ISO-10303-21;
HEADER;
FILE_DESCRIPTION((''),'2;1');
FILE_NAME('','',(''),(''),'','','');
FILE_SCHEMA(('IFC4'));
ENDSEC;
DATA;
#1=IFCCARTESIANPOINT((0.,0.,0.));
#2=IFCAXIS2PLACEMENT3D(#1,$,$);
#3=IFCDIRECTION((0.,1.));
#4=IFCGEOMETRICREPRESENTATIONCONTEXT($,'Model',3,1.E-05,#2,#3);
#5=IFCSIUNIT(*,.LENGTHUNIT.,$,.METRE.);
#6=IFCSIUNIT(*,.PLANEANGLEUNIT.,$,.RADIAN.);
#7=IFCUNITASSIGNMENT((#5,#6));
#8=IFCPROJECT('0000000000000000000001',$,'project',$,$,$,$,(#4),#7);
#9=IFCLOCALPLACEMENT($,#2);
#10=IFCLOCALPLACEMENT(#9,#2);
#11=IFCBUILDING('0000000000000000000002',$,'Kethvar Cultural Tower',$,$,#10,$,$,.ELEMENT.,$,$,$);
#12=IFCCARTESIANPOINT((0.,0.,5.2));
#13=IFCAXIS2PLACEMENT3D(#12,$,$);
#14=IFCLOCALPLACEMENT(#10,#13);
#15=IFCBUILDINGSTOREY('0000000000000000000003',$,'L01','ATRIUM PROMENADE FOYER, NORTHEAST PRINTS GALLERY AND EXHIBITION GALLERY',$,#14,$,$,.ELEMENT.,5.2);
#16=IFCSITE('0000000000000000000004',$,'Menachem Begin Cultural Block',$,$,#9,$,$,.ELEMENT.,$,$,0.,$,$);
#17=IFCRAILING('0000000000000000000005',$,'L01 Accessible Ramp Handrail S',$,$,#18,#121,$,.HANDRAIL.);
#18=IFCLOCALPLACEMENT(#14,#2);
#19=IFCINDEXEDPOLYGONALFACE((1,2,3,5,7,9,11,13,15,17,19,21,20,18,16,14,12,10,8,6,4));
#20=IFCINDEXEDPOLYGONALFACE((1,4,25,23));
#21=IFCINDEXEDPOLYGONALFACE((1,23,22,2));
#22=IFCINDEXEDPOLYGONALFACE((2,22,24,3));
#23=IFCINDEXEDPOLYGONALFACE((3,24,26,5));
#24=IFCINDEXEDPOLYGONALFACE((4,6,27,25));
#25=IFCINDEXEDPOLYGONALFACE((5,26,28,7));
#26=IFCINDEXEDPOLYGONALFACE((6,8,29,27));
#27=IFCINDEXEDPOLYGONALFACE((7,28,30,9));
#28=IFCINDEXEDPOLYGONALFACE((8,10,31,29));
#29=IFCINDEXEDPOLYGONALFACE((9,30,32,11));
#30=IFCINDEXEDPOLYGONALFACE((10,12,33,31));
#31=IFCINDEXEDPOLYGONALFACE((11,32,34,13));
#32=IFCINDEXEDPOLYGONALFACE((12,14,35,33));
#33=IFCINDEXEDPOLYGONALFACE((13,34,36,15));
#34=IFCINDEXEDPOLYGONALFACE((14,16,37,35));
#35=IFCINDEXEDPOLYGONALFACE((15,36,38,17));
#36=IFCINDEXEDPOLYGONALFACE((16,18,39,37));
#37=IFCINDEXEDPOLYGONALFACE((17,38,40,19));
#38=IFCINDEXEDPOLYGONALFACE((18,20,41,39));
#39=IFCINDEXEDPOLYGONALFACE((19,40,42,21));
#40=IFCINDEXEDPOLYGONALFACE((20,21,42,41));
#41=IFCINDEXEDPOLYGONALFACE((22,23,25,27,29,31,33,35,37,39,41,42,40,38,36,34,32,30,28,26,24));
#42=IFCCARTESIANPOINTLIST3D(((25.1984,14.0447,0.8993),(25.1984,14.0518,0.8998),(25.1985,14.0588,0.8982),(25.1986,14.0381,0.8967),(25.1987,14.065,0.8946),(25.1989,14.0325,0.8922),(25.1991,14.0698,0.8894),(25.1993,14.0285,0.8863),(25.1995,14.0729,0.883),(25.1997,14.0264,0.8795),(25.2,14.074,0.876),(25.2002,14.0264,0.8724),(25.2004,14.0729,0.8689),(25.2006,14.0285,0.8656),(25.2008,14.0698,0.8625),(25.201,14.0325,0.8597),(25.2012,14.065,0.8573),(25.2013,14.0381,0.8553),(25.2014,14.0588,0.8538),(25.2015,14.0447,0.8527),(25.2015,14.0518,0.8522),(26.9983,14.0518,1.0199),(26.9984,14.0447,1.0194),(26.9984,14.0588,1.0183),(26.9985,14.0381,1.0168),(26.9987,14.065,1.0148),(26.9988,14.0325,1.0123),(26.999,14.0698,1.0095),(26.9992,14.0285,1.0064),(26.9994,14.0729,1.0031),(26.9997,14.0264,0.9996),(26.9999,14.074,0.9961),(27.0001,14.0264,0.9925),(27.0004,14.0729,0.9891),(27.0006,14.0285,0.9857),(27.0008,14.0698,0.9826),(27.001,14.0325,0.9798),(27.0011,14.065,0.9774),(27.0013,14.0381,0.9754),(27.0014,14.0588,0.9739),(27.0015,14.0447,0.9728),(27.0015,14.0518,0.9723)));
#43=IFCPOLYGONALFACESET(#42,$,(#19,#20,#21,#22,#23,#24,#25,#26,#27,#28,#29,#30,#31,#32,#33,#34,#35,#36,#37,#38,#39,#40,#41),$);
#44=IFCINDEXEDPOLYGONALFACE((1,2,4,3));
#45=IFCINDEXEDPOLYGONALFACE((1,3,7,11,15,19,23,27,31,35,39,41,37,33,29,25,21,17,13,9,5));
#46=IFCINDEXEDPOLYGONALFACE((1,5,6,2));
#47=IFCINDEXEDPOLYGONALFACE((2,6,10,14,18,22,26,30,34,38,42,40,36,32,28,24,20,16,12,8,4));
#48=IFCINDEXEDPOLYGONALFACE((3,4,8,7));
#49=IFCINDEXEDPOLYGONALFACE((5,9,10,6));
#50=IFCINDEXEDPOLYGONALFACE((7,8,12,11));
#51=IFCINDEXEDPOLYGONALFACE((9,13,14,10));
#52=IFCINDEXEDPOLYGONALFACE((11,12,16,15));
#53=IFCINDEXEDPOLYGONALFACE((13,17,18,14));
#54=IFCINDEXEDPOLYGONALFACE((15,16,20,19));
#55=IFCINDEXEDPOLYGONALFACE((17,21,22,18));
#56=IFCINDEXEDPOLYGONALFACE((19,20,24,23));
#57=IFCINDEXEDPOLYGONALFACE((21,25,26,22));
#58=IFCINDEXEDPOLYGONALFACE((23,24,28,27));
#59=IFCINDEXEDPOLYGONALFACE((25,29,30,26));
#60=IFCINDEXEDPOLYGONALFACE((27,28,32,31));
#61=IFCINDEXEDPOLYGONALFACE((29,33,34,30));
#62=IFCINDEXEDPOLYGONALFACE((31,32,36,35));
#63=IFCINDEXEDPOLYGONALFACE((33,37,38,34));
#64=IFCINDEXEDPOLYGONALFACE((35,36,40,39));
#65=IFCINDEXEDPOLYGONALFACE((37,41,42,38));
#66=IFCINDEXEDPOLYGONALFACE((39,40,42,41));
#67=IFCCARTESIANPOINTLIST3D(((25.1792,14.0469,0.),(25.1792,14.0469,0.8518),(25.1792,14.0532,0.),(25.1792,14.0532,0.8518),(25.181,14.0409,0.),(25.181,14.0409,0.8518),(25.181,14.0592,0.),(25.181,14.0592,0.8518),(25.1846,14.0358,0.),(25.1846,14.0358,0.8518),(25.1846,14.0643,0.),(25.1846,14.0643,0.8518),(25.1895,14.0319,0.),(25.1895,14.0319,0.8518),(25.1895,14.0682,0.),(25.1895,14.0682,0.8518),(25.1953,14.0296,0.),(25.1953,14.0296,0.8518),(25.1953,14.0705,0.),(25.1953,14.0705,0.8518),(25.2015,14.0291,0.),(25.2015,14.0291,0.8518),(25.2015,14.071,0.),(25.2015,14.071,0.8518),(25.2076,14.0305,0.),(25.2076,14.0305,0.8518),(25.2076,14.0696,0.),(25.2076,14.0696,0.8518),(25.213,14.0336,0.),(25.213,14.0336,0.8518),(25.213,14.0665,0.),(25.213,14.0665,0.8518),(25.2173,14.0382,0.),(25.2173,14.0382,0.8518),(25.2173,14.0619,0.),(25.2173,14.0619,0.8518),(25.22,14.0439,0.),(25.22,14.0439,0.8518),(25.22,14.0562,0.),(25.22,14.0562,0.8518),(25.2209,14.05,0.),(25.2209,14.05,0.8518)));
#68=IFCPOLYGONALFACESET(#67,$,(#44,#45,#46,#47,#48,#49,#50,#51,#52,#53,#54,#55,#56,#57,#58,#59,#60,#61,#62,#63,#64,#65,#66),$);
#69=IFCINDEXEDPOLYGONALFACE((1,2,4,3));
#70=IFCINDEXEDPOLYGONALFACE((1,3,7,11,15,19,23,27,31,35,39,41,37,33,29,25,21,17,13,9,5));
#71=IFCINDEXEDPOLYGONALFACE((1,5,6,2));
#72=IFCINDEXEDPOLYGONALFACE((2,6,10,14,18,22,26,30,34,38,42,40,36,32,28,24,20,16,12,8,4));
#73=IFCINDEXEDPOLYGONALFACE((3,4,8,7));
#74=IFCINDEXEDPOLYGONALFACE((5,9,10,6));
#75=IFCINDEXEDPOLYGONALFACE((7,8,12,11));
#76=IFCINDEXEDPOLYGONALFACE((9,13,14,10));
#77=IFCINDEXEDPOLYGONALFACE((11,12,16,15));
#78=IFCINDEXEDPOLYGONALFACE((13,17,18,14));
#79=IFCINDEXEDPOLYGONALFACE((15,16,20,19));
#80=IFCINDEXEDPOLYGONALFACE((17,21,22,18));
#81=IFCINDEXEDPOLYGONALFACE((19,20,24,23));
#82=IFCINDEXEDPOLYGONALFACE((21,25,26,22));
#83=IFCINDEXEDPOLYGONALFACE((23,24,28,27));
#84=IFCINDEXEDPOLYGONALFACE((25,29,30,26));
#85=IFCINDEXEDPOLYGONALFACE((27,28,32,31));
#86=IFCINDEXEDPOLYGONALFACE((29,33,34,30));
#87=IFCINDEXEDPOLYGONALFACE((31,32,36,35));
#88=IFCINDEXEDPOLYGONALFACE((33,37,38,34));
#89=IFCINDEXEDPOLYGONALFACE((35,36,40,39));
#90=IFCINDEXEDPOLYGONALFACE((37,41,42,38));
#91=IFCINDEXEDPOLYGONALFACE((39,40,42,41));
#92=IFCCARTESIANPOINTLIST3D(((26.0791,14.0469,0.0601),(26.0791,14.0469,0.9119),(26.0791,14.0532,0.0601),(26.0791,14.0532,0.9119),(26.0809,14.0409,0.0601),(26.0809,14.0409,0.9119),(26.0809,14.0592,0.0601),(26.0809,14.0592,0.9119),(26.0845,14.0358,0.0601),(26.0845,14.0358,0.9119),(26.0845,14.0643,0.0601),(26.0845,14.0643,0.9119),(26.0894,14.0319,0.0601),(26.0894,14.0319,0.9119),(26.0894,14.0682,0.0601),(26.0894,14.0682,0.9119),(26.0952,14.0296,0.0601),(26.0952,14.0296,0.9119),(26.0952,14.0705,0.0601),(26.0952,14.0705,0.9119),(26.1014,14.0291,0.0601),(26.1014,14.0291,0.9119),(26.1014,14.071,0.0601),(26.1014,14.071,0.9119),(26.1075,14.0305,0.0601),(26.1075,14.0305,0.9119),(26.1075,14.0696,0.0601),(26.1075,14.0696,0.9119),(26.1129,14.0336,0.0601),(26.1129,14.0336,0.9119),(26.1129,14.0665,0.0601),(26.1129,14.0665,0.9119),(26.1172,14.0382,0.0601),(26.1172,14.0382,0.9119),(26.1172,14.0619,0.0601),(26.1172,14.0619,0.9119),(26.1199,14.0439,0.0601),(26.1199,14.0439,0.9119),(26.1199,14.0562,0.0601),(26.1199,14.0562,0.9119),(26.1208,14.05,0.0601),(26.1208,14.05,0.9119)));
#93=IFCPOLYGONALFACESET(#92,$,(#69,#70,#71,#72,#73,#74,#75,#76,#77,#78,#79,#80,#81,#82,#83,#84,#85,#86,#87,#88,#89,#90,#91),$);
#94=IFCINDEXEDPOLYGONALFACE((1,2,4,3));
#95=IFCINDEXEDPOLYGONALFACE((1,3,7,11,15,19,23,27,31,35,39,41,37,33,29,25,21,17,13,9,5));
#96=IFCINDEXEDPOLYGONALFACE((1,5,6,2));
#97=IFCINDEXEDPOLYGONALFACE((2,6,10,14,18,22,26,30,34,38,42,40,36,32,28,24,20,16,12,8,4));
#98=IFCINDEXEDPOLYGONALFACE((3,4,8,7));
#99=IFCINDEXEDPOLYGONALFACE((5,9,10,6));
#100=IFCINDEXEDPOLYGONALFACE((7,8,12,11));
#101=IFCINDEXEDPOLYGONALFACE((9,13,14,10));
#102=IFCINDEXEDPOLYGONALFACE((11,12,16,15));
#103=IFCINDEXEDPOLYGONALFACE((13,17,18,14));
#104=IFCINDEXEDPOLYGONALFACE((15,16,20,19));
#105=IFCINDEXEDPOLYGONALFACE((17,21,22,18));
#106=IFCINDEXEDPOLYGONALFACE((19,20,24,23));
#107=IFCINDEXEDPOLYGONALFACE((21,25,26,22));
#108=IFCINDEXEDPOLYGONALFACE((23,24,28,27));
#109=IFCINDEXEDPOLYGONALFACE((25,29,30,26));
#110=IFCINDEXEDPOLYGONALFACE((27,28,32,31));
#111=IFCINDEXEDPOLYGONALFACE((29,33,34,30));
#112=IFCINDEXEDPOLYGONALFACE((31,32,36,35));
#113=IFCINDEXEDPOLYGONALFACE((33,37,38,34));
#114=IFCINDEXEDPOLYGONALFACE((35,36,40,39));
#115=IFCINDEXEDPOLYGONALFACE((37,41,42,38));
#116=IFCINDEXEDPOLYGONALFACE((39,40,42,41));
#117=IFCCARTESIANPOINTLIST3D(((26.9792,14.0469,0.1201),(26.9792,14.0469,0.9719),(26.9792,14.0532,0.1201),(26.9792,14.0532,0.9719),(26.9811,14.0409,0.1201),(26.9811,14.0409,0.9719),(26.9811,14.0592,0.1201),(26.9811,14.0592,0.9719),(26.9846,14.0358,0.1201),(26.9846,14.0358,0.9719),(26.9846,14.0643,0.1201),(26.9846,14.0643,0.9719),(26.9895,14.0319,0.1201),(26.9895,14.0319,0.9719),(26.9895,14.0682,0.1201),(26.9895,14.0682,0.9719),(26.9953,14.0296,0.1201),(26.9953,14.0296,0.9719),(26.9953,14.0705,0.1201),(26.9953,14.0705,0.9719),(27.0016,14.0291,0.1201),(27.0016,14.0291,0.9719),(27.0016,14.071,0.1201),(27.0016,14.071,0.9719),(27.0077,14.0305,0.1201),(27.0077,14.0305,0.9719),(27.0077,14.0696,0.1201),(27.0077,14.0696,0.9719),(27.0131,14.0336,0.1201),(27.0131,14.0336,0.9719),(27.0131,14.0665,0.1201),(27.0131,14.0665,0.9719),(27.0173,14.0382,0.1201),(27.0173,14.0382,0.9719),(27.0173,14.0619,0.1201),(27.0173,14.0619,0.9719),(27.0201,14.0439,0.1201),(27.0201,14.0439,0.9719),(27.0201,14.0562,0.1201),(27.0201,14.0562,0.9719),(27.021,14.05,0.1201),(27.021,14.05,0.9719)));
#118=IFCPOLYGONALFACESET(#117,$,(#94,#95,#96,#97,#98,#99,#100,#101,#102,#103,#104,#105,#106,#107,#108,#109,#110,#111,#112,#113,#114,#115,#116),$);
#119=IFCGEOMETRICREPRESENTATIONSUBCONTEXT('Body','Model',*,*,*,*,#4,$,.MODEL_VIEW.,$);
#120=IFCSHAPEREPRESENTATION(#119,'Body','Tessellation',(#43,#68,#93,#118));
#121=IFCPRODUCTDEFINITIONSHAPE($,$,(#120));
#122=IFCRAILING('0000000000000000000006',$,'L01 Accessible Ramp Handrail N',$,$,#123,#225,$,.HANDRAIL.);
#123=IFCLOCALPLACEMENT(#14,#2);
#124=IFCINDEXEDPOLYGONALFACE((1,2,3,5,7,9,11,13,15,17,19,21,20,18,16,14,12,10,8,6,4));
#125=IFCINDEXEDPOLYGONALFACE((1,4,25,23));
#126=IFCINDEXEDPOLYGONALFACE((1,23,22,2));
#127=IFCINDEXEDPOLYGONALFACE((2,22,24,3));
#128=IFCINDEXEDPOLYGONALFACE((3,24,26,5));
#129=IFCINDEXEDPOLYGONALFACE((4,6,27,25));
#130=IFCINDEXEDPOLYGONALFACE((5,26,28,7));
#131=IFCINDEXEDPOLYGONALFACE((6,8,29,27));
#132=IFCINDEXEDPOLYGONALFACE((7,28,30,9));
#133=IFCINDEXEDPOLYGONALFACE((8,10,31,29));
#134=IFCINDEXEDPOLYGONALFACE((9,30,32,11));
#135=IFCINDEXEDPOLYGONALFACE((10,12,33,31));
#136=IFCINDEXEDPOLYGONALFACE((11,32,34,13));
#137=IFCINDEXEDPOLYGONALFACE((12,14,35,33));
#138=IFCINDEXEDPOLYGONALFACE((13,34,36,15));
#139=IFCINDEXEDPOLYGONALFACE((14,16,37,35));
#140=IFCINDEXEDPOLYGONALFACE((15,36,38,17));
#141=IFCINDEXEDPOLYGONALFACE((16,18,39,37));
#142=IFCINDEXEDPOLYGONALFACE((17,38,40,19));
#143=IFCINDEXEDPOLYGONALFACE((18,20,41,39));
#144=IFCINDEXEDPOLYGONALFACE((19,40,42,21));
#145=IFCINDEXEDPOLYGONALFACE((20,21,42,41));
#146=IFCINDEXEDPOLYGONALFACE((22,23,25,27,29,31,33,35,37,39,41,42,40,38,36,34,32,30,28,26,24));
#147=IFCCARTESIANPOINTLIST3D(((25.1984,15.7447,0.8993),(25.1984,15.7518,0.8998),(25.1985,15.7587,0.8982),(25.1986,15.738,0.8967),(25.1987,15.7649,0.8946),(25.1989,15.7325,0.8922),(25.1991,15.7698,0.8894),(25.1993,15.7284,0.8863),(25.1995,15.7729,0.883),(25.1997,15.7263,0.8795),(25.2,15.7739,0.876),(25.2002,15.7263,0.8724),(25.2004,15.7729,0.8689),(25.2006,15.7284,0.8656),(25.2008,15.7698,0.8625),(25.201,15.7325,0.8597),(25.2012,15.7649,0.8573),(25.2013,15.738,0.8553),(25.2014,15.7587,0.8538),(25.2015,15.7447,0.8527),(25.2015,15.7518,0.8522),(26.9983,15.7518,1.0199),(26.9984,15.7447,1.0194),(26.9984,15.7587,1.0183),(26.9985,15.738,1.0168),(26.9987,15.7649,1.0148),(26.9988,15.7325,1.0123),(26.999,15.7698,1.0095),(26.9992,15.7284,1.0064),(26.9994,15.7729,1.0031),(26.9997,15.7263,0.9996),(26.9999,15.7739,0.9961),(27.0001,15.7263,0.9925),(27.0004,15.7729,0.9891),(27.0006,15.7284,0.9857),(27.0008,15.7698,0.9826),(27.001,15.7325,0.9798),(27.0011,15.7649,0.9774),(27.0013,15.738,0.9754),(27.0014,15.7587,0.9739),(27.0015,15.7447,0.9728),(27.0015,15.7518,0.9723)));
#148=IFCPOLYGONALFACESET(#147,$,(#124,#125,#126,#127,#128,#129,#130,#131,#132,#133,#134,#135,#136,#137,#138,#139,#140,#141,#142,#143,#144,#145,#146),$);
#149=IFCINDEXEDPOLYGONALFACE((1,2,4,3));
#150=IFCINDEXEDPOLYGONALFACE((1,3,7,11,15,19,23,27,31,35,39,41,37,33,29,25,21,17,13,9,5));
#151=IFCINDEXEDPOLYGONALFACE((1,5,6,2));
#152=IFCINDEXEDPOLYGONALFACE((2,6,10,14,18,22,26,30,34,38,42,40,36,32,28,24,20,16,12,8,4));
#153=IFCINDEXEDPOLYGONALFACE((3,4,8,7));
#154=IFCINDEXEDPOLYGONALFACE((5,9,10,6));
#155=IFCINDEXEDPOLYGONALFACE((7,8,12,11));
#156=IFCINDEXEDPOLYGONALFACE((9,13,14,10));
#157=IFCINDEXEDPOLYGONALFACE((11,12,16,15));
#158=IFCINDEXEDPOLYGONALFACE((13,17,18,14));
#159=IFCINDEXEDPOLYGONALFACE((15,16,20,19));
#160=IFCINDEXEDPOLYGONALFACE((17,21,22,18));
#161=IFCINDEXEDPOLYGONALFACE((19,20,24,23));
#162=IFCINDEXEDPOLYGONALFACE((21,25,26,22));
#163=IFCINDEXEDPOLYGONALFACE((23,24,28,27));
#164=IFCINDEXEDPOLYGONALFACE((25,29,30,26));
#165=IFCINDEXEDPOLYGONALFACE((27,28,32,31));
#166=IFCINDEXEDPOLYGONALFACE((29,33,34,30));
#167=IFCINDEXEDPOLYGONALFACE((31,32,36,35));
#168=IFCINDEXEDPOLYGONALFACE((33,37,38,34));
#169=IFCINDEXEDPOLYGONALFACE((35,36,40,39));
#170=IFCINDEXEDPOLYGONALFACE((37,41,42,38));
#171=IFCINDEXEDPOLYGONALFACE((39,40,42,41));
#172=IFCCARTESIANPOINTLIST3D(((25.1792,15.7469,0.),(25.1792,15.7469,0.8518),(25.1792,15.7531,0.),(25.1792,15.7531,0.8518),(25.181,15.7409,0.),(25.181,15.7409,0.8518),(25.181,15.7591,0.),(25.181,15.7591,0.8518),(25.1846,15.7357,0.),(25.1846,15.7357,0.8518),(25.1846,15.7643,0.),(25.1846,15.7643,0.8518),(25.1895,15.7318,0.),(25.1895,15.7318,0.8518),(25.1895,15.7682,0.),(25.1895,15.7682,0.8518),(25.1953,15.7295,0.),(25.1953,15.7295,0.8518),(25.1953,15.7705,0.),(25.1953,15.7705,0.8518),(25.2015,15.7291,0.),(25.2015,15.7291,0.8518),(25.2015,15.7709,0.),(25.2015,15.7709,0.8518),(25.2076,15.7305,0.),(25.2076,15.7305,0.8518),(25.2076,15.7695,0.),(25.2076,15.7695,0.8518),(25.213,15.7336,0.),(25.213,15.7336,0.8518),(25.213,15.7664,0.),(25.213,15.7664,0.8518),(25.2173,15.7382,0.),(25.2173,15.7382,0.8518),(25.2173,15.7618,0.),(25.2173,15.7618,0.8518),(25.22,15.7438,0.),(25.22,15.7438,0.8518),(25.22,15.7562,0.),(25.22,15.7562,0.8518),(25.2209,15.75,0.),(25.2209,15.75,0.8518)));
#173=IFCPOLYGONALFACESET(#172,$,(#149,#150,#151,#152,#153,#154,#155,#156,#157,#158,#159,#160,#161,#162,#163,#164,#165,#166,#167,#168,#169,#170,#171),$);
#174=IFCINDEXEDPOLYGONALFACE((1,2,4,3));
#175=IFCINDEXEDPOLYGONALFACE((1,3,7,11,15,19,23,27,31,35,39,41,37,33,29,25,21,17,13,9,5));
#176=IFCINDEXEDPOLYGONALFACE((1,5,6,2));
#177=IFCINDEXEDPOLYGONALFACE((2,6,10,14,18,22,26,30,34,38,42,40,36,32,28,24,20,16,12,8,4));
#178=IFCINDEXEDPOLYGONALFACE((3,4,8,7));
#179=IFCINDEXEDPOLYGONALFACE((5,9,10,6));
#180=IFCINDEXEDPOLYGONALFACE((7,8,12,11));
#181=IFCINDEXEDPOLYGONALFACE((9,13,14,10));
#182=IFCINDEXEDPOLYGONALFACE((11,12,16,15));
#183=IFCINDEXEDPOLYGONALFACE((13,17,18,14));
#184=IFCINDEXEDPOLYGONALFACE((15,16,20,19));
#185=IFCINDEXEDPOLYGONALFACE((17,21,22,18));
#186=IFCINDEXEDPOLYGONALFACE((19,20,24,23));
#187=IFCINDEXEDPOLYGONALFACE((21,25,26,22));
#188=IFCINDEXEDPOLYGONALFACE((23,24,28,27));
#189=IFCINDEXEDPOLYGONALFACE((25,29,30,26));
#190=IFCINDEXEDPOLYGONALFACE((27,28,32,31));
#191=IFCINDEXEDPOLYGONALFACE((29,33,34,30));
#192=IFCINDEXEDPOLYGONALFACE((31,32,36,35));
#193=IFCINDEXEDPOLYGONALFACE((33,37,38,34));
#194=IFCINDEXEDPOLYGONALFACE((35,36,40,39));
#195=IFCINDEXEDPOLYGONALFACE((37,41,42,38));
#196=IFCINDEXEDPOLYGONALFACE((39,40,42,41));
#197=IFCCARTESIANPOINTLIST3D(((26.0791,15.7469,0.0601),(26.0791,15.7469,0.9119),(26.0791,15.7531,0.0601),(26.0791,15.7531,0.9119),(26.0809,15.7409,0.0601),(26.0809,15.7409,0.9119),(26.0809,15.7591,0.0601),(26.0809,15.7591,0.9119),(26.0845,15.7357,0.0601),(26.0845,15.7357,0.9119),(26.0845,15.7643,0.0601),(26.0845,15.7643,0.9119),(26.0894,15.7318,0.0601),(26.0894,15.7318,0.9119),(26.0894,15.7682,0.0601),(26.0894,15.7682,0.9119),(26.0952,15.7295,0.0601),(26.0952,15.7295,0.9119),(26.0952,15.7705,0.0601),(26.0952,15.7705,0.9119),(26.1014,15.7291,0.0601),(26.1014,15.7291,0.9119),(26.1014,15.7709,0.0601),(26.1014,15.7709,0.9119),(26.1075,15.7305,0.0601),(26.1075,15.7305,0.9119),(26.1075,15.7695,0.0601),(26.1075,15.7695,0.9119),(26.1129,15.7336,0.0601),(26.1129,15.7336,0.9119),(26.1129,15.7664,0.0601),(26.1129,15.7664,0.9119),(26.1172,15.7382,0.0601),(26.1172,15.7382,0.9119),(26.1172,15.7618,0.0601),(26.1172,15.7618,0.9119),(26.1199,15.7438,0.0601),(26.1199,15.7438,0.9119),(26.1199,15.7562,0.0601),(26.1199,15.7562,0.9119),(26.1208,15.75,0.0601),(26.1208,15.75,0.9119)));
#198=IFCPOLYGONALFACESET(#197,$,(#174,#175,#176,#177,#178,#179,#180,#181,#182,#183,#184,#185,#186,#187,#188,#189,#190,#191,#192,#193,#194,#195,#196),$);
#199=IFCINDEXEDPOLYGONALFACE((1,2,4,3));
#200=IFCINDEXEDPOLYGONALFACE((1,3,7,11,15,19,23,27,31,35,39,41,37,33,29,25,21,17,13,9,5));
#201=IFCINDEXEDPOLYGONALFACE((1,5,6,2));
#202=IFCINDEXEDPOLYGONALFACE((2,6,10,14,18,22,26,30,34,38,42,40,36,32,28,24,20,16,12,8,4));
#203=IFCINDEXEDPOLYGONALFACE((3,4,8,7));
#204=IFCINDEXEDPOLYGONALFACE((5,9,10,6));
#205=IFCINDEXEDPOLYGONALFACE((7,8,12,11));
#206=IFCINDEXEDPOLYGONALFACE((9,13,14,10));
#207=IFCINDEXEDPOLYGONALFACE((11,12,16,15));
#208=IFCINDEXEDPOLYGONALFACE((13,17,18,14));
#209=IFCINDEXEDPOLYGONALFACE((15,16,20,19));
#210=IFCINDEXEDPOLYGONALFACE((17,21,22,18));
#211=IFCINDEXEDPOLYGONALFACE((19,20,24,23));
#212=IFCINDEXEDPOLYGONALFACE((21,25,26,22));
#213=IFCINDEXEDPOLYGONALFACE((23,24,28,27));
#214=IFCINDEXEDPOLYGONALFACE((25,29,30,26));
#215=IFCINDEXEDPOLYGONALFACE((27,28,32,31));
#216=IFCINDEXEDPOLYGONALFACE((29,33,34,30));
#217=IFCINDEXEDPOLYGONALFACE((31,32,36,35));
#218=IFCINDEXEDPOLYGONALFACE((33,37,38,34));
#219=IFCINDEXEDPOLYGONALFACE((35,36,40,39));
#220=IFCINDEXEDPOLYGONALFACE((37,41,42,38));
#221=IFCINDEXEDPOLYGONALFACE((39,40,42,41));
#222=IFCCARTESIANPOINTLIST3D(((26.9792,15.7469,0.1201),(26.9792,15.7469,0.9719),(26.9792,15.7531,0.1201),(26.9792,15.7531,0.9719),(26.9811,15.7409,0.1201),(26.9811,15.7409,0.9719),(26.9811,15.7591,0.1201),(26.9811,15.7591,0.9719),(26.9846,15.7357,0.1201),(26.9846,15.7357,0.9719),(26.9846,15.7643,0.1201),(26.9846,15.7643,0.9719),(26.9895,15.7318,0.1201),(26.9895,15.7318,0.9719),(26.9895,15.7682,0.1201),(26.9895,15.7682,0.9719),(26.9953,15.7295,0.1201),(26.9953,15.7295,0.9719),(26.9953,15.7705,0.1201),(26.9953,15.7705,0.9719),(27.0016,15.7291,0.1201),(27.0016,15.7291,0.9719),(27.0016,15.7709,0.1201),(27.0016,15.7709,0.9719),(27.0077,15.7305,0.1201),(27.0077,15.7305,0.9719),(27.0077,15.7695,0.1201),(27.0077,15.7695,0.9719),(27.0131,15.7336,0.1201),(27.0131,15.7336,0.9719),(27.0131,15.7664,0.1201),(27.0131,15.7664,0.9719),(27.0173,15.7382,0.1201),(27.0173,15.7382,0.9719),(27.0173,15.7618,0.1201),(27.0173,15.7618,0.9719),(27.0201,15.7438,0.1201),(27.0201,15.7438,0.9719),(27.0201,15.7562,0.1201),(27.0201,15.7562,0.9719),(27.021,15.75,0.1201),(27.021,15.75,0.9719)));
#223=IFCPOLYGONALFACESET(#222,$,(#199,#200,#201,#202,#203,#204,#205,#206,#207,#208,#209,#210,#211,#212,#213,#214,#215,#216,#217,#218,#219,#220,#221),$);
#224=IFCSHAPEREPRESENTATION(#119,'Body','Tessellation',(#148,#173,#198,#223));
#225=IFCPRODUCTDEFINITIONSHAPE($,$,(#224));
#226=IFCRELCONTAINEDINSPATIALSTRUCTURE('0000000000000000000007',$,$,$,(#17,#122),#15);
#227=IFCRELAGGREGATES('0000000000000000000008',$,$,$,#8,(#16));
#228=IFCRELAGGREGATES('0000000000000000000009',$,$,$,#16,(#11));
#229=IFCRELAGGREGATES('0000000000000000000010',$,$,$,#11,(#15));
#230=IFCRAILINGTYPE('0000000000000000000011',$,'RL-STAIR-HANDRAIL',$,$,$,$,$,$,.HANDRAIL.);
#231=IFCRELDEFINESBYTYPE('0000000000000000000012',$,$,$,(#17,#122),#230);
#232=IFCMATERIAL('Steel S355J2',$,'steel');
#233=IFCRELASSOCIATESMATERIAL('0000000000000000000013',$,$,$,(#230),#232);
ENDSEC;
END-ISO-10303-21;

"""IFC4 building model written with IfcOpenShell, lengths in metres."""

from ifc_helpers import new_model, si_unit, direction, frame, origin, origin_2d, place, context, subcontext, project, spatial, circle, extrude, material, type_object, element, save


model = new_model("IFC4")

# Units and contexts
model_context = context("Model", 3, precision=1e-05, world=origin(), true_north=direction((0.0, 1.0)))
body_context = subcontext(model_context, "Body", "Model", "MODEL_VIEW")
ifc_project = project(units=[si_unit("LENGTHUNIT", "METRE"), si_unit("PLANEANGLEUNIT", "RADIAN")], contexts=[model_context])

# Site, building, storey
site_placement = place(None, origin())
site = spatial("IfcSite", under=ifc_project, at=site_placement, Name="Menachem Begin Cultural Block", CompositionType="ELEMENT", RefElevation=0.0)
building_placement = place(site_placement, origin())
building = spatial("IfcBuilding", under=site, at=building_placement, Name="Kethvar Cultural Tower", CompositionType="ELEMENT")
storey_placement = place(building_placement, frame((0.0, 0.0, 5.2)))
storey = spatial("IfcBuildingStorey", under=building, at=storey_placement, Name="L01", Description="ATRIUM PROMENADE FOYER, NORTHEAST PRINTS GALLERY AND EXHIBITION GALLERY", CompositionType="ELEMENT", Elevation=5.2)

# Shared definitions
ifc_material_1 = material(Name="Steel S355J2", Category="steel")

# Railings
railing_type_1 = type_object("IfcRailingType", Name="RL-STAIR-HANDRAIL", PredefinedType="HANDRAIL", material=ifc_material_1)
for number, where, name in (
    (1, (25.2, 14.05, 0.0), "L01 Accessible Ramp Handrail S"),
    (2, (25.2, 15.75, 0.0), "L01 Accessible Ramp Handrail N"),
):
    element("IfcRailing", number, at=place(storey_placement, frame(where)), inside=storey, type_object=railing_type_1, Name=name, PredefinedType="HANDRAIL", context=body_context, shape_type="SweptSolid", body=[
        extrude(circle(Radius=0.0239, at=origin_2d()), frame((0.0, 0.0, 0.876), z_axis=(0.997781, 0.0, 0.066582), x_axis=(0.0, 1.0, 0.0)), (0.0, 0.0, 1.0), 1.804),
        extrude(circle(Radius=0.021, at=origin_2d()), origin(), (0.0, 0.0, 1.0), 0.8518),
        extrude(circle(Radius=0.021, at=origin_2d()), frame((0.8999, 0.0, 0.0601)), (0.0, 0.0, 1.0), 0.8518),
        extrude(circle(Radius=0.021, at=origin_2d()), frame((1.8, 0.0, 0.1201)), (0.0, 0.0, 1.0), 0.8518),
    ])

save(model, "model.ifc")
